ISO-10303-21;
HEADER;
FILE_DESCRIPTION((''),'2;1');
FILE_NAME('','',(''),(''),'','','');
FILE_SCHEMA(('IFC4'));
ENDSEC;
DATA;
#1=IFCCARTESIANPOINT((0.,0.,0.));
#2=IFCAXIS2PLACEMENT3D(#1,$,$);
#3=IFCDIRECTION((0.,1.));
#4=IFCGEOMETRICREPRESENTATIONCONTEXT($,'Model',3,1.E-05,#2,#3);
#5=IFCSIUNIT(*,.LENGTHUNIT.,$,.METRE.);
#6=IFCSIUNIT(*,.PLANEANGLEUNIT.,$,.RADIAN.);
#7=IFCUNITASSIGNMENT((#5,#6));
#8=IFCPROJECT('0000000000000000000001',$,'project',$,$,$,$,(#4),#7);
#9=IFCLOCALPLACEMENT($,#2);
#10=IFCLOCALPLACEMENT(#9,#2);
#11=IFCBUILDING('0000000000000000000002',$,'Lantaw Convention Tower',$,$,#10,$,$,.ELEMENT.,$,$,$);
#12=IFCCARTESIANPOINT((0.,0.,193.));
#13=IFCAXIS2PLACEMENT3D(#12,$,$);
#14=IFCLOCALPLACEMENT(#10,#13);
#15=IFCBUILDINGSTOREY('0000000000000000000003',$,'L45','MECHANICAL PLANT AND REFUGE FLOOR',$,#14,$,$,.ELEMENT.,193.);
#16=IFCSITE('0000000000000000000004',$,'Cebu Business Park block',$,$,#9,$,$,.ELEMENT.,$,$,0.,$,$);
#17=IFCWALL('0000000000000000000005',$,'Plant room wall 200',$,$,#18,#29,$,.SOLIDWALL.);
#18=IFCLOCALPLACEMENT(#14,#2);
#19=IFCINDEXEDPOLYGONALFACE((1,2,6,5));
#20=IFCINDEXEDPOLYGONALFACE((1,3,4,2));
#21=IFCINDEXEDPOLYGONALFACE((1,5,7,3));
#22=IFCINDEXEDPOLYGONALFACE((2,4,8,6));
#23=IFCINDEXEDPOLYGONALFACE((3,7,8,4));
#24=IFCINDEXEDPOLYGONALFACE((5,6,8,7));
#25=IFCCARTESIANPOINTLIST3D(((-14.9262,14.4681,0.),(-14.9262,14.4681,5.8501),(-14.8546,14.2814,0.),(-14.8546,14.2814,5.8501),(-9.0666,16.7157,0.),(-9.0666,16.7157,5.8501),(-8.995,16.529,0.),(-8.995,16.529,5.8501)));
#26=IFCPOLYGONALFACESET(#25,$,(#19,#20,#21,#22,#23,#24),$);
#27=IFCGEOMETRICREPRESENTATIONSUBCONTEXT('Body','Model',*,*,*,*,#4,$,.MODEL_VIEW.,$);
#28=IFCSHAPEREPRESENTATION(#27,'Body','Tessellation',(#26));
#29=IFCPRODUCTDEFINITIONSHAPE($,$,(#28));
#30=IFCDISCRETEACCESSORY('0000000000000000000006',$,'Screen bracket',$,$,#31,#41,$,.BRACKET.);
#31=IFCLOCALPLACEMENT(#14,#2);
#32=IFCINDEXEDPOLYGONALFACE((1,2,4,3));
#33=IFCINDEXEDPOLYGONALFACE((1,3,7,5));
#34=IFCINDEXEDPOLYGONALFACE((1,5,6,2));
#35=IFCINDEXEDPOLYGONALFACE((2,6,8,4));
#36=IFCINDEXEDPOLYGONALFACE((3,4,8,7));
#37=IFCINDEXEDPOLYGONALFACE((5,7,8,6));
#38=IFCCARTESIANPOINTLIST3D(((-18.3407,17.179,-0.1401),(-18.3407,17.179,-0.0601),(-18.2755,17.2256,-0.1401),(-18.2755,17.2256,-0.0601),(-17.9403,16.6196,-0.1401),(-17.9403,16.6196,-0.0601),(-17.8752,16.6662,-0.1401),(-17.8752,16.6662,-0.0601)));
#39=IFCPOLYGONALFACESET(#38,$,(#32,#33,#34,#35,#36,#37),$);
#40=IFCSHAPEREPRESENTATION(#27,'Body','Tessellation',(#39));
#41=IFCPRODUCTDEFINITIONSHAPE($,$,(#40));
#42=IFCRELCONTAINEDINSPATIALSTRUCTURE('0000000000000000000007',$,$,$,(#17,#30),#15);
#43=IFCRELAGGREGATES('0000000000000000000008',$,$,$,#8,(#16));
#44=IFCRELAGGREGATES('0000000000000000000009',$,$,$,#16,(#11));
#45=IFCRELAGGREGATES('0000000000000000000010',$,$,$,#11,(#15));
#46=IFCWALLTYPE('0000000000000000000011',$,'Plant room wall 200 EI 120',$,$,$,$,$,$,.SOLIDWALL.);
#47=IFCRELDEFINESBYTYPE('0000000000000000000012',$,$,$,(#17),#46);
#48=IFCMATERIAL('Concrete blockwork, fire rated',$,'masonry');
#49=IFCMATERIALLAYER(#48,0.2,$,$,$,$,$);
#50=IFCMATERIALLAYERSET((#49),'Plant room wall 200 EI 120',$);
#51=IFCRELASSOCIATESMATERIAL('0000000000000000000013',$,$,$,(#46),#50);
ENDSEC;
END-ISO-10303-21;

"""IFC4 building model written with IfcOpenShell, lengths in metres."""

from ifc_helpers import new_model, si_unit, direction, frame, frame_2d, origin, origin_2d, place, context, subcontext, project, spatial, rectangle, extrude, material, layer, layer_set, type_object, element, save


model = new_model("IFC4")

# Units and contexts
model_context = context("Model", 3, precision=1e-05, world=origin(), true_north=direction((0.0, 1.0)))
body_context = subcontext(model_context, "Body", "Model", "MODEL_VIEW")
ifc_project = project(units=[si_unit("LENGTHUNIT", "METRE"), si_unit("PLANEANGLEUNIT", "RADIAN")], contexts=[model_context])

# Site, building, storey
site_placement = place(None, origin())
site = spatial("IfcSite", under=ifc_project, at=site_placement, Name="Cebu Business Park block", CompositionType="ELEMENT", RefElevation=0.0)
building_placement = place(site_placement, origin())
building = spatial("IfcBuilding", under=site, at=building_placement, Name="Lantaw Convention Tower", CompositionType="ELEMENT")
storey_placement = place(building_placement, frame((0.0, 0.0, 193.0)))
storey = spatial("IfcBuildingStorey", under=building, at=storey_placement, Name="L45", Description="MECHANICAL PLANT AND REFUGE FLOOR", CompositionType="ELEMENT", Elevation=193.0)

# Wall
ifc_material_1 = material(Name="Concrete blockwork, fire rated", Category="masonry")
ifc_layer_1 = layer(ifc_material_1, 0.2)
ifc_layer_set_1 = layer_set([ifc_layer_1], Name="Plant room wall 200 EI 120")
wall_type = type_object("IfcWallType", Name="Plant room wall 200 EI 120", PredefinedType="SOLIDWALL", material=ifc_layer_set_1)
wall_placement = place(storey_placement, frame((-14.8904, 14.3748, 0.0), z_axis=(0.0, 0.0, 1.0), x_axis=(0.933673, 0.358127, 0.0)))
element("IfcWall", 1, at=wall_placement, inside=storey, type_object=wall_type, Name="Plant room wall 200", PredefinedType="SOLIDWALL", context=body_context, shape_type="SweptSolid", body=[
    extrude(rectangle(XDim=6.2759, YDim=0.2, at=frame_2d((3.1379, 0.0))), origin(), (0.0, 0.0, 1.0), 5.8501),
])

# Discrete accessory
discrete_accessory_placement = place(storey_placement, frame((-18.1079, 16.9226, -0.1401), z_axis=(0.0, 0.0, 1.0), x_axis=(-0.813208, -0.581973, 0.0)))
element("IfcDiscreteAccessory", 2, at=discrete_accessory_placement, inside=storey, Name="Screen bracket", PredefinedType="BRACKET", context=body_context, shape_type="SweptSolid", body=[
    extrude(rectangle(XDim=0.0801, YDim=0.688, at=origin_2d()), origin(), (0.0, 0.0, 1.0), 0.0801),
])

save(model, "model.ifc")
